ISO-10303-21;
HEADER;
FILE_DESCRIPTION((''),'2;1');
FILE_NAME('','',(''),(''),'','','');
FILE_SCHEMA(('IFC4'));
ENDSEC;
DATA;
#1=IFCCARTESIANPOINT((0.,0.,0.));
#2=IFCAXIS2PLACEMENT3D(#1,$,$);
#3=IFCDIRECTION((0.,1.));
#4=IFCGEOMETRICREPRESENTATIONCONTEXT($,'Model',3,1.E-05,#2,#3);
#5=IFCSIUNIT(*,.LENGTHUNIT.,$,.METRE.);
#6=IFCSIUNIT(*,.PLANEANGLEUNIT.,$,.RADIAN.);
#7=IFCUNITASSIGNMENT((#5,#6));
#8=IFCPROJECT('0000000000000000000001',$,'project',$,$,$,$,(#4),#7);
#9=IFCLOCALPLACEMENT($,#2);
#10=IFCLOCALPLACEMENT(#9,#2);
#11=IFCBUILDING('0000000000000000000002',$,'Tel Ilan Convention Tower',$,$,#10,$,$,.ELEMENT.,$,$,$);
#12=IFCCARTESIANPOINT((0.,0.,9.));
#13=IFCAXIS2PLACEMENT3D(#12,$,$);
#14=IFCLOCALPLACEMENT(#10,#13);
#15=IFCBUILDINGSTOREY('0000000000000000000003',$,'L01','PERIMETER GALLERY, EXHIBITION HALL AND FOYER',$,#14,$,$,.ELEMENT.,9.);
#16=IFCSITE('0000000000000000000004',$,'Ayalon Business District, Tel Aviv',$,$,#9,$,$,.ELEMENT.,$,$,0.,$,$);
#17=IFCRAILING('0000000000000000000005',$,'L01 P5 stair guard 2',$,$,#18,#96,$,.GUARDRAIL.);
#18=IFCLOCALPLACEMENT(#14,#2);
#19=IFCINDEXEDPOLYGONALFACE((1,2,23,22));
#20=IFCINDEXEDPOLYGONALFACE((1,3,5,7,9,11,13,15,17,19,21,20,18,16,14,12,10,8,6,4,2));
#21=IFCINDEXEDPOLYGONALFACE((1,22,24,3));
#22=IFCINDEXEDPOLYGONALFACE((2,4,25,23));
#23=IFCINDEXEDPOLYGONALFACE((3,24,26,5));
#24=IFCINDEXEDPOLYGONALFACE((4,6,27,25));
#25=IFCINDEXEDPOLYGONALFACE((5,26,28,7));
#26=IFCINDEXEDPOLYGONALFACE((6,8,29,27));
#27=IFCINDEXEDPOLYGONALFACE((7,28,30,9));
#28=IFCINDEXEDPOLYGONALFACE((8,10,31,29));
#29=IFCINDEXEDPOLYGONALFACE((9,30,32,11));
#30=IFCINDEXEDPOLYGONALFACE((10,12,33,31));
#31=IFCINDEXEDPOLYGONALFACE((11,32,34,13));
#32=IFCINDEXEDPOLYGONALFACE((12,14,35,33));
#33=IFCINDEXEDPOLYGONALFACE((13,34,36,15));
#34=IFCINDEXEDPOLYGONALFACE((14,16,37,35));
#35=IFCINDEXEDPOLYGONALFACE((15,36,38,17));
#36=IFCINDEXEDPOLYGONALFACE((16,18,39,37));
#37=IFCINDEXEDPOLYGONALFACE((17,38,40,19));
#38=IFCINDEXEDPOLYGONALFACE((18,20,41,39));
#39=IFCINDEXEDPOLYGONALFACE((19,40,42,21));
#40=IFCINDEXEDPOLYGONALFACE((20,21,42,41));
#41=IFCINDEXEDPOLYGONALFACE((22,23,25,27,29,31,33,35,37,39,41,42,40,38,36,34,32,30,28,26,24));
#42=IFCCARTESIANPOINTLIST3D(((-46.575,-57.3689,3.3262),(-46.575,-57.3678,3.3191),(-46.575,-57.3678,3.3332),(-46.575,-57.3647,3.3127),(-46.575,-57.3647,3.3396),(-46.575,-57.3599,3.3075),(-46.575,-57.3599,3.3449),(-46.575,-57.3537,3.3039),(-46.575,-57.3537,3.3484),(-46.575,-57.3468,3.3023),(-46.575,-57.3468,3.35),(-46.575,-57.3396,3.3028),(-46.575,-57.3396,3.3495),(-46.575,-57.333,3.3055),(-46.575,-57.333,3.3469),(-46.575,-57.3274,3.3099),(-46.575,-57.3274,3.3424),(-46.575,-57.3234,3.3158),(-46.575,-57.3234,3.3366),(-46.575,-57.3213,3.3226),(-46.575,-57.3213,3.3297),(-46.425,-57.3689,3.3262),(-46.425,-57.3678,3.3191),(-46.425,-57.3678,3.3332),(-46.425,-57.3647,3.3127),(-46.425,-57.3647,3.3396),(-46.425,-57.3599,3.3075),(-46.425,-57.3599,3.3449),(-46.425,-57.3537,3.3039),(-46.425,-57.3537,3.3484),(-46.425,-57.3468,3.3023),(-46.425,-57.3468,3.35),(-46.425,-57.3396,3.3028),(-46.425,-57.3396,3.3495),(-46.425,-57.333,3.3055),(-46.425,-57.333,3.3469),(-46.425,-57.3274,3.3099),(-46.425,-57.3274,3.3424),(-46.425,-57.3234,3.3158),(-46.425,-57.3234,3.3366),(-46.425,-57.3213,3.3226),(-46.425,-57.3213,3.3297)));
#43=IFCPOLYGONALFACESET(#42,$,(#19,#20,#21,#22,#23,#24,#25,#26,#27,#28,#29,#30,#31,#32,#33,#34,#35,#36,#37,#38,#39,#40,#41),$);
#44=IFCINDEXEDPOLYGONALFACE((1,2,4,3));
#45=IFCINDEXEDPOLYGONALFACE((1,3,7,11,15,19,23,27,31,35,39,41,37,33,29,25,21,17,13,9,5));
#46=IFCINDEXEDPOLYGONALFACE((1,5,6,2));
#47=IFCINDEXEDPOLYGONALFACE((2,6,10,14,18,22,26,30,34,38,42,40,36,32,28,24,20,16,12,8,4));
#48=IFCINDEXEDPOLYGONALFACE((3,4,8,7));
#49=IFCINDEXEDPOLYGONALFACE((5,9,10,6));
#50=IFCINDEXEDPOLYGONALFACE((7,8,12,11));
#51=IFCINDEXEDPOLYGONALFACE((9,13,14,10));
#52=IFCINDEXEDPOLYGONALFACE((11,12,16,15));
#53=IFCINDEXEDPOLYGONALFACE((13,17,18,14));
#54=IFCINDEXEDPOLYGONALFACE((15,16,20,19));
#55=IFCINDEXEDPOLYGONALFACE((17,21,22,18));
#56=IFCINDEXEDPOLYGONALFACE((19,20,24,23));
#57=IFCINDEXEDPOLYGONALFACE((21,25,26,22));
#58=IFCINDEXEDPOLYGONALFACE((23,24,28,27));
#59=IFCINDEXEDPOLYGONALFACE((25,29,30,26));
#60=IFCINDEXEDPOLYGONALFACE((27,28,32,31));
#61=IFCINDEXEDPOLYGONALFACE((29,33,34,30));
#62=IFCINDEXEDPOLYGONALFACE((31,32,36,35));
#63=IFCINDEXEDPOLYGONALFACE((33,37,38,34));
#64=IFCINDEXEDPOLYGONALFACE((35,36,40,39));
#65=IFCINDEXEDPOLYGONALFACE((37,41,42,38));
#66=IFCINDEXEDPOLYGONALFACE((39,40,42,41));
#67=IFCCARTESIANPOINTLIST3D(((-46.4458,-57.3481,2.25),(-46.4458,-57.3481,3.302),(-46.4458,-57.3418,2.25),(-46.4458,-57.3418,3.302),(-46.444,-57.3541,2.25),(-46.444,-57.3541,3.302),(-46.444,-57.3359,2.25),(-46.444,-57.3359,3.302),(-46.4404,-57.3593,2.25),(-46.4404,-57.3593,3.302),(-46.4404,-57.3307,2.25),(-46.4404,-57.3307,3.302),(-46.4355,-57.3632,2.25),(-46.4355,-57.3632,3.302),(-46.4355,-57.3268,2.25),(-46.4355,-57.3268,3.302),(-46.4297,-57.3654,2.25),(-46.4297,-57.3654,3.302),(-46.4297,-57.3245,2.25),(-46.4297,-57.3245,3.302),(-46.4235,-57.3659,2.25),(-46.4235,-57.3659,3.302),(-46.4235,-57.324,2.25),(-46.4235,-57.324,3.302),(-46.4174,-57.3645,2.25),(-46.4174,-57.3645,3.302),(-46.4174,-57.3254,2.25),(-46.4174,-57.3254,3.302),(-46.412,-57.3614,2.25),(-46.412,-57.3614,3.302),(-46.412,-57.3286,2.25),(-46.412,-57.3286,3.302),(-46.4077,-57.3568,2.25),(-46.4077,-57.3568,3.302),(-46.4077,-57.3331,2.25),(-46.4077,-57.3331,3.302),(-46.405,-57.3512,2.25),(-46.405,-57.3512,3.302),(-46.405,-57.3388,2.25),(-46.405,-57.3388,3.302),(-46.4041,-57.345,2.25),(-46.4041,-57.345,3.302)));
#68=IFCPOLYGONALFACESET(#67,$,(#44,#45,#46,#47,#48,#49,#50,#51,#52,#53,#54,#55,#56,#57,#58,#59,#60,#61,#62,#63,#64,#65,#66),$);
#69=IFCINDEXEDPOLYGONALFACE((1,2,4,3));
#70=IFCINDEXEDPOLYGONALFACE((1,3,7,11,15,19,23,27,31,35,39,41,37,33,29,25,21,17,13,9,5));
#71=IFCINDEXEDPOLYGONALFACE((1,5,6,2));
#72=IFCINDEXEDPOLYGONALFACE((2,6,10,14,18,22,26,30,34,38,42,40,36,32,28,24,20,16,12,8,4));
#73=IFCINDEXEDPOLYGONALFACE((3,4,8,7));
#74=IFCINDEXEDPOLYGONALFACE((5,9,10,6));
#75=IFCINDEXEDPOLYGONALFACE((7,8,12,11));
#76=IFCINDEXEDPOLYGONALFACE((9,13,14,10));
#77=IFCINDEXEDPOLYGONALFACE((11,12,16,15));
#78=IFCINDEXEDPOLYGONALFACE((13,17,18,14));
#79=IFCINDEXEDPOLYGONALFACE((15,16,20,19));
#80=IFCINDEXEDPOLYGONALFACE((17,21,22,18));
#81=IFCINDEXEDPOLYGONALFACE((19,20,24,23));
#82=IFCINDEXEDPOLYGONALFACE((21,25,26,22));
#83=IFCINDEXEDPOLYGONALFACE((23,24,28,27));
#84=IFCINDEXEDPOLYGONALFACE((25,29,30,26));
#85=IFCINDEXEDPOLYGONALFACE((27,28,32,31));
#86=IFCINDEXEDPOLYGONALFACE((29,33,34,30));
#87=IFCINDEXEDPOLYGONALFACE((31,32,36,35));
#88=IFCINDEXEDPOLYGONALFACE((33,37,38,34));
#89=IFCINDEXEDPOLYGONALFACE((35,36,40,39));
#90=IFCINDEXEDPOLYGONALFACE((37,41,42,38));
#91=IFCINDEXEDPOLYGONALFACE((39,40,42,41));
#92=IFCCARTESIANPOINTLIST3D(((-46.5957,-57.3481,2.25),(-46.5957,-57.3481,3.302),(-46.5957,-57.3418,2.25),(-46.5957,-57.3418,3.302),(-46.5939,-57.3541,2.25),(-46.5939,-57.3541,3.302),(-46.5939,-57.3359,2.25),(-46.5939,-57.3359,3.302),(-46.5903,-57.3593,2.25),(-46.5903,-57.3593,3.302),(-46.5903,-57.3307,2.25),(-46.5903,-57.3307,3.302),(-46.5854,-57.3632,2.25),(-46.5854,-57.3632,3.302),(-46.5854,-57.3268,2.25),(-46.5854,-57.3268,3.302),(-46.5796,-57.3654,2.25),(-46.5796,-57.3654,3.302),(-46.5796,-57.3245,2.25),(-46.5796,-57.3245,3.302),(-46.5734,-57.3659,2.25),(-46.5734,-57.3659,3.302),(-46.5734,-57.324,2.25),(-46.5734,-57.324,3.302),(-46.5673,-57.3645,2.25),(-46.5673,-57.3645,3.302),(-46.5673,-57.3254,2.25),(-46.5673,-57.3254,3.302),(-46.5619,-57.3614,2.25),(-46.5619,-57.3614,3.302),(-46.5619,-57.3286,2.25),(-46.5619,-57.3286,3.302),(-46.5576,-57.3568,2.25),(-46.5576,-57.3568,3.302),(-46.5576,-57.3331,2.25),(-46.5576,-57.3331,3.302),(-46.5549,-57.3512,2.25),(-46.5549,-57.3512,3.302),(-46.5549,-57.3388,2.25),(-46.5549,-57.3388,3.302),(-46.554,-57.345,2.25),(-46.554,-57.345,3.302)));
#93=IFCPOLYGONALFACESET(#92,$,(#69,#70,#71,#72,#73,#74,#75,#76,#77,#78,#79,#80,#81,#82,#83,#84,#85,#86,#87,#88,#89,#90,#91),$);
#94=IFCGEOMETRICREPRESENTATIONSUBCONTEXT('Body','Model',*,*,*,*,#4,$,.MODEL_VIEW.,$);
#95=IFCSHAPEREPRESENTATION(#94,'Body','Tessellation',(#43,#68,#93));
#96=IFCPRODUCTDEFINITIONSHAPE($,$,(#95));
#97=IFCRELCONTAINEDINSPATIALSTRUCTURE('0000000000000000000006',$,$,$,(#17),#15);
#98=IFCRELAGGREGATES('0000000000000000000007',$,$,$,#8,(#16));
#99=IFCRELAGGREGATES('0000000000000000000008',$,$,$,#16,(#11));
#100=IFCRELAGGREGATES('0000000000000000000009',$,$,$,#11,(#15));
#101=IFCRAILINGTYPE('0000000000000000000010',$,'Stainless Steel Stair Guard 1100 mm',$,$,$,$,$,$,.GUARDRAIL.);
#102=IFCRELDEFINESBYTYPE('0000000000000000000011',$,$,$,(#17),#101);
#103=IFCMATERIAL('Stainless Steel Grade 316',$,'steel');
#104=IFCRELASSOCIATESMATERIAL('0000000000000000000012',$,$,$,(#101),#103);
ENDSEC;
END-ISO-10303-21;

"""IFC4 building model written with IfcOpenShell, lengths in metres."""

from ifc_helpers import new_model, si_unit, direction, frame, origin, origin_2d, place, context, subcontext, project, spatial, circle, extrude, material, type_object, element, save


model = new_model("IFC4")

# Units and contexts
model_context = context("Model", 3, precision=1e-05, world=origin(), true_north=direction((0.0, 1.0)))
body_context = subcontext(model_context, "Body", "Model", "MODEL_VIEW")
ifc_project = project(units=[si_unit("LENGTHUNIT", "METRE"), si_unit("PLANEANGLEUNIT", "RADIAN")], contexts=[model_context])

# Site, building, storey
site_placement = place(None, origin())
site = spatial("IfcSite", under=ifc_project, at=site_placement, Name="Ayalon Business District, Tel Aviv", CompositionType="ELEMENT", RefElevation=0.0)
building_placement = place(site_placement, origin())
building = spatial("IfcBuilding", under=site, at=building_placement, Name="Tel Ilan Convention Tower", CompositionType="ELEMENT")
storey_placement = place(building_placement, frame((0.0, 0.0, 9.0)))
storey = spatial("IfcBuildingStorey", under=building, at=storey_placement, Name="L01", Description="PERIMETER GALLERY, EXHIBITION HALL AND FOYER", CompositionType="ELEMENT", Elevation=9.0)

# Railing
ifc_material_1 = material(Name="Stainless Steel Grade 316", Category="steel")
railing_type_1 = type_object("IfcRailingType", Name="Stainless Steel Stair Guard 1100 mm", PredefinedType="GUARDRAIL", material=ifc_material_1)
railing_1_placement = place(storey_placement, frame((-46.425, -57.345, 2.25)))
element("IfcRailing", 1, at=railing_1_placement, inside=storey, type_object=railing_type_1, Name="L01 P5 stair guard 2", PredefinedType="GUARDRAIL", context=body_context, shape_type="SweptSolid", body=[
    extrude(circle(Radius=0.0239, at=origin_2d()), frame((0.0, 0.0, 1.0762), z_axis=(-1.0, 0.0, 0.0), x_axis=(0.0, -1.0, 0.0)), (0.0, 0.0, 1.0), 0.1499),
    extrude(circle(Radius=0.021, at=origin_2d()), origin(), (0.0, 0.0, 1.0), 1.052),
    extrude(circle(Radius=0.021, at=origin_2d()), frame((-0.1499, 0.0, 0.0)), (0.0, 0.0, 1.0), 1.052),
])

save(model, "model.ifc")
